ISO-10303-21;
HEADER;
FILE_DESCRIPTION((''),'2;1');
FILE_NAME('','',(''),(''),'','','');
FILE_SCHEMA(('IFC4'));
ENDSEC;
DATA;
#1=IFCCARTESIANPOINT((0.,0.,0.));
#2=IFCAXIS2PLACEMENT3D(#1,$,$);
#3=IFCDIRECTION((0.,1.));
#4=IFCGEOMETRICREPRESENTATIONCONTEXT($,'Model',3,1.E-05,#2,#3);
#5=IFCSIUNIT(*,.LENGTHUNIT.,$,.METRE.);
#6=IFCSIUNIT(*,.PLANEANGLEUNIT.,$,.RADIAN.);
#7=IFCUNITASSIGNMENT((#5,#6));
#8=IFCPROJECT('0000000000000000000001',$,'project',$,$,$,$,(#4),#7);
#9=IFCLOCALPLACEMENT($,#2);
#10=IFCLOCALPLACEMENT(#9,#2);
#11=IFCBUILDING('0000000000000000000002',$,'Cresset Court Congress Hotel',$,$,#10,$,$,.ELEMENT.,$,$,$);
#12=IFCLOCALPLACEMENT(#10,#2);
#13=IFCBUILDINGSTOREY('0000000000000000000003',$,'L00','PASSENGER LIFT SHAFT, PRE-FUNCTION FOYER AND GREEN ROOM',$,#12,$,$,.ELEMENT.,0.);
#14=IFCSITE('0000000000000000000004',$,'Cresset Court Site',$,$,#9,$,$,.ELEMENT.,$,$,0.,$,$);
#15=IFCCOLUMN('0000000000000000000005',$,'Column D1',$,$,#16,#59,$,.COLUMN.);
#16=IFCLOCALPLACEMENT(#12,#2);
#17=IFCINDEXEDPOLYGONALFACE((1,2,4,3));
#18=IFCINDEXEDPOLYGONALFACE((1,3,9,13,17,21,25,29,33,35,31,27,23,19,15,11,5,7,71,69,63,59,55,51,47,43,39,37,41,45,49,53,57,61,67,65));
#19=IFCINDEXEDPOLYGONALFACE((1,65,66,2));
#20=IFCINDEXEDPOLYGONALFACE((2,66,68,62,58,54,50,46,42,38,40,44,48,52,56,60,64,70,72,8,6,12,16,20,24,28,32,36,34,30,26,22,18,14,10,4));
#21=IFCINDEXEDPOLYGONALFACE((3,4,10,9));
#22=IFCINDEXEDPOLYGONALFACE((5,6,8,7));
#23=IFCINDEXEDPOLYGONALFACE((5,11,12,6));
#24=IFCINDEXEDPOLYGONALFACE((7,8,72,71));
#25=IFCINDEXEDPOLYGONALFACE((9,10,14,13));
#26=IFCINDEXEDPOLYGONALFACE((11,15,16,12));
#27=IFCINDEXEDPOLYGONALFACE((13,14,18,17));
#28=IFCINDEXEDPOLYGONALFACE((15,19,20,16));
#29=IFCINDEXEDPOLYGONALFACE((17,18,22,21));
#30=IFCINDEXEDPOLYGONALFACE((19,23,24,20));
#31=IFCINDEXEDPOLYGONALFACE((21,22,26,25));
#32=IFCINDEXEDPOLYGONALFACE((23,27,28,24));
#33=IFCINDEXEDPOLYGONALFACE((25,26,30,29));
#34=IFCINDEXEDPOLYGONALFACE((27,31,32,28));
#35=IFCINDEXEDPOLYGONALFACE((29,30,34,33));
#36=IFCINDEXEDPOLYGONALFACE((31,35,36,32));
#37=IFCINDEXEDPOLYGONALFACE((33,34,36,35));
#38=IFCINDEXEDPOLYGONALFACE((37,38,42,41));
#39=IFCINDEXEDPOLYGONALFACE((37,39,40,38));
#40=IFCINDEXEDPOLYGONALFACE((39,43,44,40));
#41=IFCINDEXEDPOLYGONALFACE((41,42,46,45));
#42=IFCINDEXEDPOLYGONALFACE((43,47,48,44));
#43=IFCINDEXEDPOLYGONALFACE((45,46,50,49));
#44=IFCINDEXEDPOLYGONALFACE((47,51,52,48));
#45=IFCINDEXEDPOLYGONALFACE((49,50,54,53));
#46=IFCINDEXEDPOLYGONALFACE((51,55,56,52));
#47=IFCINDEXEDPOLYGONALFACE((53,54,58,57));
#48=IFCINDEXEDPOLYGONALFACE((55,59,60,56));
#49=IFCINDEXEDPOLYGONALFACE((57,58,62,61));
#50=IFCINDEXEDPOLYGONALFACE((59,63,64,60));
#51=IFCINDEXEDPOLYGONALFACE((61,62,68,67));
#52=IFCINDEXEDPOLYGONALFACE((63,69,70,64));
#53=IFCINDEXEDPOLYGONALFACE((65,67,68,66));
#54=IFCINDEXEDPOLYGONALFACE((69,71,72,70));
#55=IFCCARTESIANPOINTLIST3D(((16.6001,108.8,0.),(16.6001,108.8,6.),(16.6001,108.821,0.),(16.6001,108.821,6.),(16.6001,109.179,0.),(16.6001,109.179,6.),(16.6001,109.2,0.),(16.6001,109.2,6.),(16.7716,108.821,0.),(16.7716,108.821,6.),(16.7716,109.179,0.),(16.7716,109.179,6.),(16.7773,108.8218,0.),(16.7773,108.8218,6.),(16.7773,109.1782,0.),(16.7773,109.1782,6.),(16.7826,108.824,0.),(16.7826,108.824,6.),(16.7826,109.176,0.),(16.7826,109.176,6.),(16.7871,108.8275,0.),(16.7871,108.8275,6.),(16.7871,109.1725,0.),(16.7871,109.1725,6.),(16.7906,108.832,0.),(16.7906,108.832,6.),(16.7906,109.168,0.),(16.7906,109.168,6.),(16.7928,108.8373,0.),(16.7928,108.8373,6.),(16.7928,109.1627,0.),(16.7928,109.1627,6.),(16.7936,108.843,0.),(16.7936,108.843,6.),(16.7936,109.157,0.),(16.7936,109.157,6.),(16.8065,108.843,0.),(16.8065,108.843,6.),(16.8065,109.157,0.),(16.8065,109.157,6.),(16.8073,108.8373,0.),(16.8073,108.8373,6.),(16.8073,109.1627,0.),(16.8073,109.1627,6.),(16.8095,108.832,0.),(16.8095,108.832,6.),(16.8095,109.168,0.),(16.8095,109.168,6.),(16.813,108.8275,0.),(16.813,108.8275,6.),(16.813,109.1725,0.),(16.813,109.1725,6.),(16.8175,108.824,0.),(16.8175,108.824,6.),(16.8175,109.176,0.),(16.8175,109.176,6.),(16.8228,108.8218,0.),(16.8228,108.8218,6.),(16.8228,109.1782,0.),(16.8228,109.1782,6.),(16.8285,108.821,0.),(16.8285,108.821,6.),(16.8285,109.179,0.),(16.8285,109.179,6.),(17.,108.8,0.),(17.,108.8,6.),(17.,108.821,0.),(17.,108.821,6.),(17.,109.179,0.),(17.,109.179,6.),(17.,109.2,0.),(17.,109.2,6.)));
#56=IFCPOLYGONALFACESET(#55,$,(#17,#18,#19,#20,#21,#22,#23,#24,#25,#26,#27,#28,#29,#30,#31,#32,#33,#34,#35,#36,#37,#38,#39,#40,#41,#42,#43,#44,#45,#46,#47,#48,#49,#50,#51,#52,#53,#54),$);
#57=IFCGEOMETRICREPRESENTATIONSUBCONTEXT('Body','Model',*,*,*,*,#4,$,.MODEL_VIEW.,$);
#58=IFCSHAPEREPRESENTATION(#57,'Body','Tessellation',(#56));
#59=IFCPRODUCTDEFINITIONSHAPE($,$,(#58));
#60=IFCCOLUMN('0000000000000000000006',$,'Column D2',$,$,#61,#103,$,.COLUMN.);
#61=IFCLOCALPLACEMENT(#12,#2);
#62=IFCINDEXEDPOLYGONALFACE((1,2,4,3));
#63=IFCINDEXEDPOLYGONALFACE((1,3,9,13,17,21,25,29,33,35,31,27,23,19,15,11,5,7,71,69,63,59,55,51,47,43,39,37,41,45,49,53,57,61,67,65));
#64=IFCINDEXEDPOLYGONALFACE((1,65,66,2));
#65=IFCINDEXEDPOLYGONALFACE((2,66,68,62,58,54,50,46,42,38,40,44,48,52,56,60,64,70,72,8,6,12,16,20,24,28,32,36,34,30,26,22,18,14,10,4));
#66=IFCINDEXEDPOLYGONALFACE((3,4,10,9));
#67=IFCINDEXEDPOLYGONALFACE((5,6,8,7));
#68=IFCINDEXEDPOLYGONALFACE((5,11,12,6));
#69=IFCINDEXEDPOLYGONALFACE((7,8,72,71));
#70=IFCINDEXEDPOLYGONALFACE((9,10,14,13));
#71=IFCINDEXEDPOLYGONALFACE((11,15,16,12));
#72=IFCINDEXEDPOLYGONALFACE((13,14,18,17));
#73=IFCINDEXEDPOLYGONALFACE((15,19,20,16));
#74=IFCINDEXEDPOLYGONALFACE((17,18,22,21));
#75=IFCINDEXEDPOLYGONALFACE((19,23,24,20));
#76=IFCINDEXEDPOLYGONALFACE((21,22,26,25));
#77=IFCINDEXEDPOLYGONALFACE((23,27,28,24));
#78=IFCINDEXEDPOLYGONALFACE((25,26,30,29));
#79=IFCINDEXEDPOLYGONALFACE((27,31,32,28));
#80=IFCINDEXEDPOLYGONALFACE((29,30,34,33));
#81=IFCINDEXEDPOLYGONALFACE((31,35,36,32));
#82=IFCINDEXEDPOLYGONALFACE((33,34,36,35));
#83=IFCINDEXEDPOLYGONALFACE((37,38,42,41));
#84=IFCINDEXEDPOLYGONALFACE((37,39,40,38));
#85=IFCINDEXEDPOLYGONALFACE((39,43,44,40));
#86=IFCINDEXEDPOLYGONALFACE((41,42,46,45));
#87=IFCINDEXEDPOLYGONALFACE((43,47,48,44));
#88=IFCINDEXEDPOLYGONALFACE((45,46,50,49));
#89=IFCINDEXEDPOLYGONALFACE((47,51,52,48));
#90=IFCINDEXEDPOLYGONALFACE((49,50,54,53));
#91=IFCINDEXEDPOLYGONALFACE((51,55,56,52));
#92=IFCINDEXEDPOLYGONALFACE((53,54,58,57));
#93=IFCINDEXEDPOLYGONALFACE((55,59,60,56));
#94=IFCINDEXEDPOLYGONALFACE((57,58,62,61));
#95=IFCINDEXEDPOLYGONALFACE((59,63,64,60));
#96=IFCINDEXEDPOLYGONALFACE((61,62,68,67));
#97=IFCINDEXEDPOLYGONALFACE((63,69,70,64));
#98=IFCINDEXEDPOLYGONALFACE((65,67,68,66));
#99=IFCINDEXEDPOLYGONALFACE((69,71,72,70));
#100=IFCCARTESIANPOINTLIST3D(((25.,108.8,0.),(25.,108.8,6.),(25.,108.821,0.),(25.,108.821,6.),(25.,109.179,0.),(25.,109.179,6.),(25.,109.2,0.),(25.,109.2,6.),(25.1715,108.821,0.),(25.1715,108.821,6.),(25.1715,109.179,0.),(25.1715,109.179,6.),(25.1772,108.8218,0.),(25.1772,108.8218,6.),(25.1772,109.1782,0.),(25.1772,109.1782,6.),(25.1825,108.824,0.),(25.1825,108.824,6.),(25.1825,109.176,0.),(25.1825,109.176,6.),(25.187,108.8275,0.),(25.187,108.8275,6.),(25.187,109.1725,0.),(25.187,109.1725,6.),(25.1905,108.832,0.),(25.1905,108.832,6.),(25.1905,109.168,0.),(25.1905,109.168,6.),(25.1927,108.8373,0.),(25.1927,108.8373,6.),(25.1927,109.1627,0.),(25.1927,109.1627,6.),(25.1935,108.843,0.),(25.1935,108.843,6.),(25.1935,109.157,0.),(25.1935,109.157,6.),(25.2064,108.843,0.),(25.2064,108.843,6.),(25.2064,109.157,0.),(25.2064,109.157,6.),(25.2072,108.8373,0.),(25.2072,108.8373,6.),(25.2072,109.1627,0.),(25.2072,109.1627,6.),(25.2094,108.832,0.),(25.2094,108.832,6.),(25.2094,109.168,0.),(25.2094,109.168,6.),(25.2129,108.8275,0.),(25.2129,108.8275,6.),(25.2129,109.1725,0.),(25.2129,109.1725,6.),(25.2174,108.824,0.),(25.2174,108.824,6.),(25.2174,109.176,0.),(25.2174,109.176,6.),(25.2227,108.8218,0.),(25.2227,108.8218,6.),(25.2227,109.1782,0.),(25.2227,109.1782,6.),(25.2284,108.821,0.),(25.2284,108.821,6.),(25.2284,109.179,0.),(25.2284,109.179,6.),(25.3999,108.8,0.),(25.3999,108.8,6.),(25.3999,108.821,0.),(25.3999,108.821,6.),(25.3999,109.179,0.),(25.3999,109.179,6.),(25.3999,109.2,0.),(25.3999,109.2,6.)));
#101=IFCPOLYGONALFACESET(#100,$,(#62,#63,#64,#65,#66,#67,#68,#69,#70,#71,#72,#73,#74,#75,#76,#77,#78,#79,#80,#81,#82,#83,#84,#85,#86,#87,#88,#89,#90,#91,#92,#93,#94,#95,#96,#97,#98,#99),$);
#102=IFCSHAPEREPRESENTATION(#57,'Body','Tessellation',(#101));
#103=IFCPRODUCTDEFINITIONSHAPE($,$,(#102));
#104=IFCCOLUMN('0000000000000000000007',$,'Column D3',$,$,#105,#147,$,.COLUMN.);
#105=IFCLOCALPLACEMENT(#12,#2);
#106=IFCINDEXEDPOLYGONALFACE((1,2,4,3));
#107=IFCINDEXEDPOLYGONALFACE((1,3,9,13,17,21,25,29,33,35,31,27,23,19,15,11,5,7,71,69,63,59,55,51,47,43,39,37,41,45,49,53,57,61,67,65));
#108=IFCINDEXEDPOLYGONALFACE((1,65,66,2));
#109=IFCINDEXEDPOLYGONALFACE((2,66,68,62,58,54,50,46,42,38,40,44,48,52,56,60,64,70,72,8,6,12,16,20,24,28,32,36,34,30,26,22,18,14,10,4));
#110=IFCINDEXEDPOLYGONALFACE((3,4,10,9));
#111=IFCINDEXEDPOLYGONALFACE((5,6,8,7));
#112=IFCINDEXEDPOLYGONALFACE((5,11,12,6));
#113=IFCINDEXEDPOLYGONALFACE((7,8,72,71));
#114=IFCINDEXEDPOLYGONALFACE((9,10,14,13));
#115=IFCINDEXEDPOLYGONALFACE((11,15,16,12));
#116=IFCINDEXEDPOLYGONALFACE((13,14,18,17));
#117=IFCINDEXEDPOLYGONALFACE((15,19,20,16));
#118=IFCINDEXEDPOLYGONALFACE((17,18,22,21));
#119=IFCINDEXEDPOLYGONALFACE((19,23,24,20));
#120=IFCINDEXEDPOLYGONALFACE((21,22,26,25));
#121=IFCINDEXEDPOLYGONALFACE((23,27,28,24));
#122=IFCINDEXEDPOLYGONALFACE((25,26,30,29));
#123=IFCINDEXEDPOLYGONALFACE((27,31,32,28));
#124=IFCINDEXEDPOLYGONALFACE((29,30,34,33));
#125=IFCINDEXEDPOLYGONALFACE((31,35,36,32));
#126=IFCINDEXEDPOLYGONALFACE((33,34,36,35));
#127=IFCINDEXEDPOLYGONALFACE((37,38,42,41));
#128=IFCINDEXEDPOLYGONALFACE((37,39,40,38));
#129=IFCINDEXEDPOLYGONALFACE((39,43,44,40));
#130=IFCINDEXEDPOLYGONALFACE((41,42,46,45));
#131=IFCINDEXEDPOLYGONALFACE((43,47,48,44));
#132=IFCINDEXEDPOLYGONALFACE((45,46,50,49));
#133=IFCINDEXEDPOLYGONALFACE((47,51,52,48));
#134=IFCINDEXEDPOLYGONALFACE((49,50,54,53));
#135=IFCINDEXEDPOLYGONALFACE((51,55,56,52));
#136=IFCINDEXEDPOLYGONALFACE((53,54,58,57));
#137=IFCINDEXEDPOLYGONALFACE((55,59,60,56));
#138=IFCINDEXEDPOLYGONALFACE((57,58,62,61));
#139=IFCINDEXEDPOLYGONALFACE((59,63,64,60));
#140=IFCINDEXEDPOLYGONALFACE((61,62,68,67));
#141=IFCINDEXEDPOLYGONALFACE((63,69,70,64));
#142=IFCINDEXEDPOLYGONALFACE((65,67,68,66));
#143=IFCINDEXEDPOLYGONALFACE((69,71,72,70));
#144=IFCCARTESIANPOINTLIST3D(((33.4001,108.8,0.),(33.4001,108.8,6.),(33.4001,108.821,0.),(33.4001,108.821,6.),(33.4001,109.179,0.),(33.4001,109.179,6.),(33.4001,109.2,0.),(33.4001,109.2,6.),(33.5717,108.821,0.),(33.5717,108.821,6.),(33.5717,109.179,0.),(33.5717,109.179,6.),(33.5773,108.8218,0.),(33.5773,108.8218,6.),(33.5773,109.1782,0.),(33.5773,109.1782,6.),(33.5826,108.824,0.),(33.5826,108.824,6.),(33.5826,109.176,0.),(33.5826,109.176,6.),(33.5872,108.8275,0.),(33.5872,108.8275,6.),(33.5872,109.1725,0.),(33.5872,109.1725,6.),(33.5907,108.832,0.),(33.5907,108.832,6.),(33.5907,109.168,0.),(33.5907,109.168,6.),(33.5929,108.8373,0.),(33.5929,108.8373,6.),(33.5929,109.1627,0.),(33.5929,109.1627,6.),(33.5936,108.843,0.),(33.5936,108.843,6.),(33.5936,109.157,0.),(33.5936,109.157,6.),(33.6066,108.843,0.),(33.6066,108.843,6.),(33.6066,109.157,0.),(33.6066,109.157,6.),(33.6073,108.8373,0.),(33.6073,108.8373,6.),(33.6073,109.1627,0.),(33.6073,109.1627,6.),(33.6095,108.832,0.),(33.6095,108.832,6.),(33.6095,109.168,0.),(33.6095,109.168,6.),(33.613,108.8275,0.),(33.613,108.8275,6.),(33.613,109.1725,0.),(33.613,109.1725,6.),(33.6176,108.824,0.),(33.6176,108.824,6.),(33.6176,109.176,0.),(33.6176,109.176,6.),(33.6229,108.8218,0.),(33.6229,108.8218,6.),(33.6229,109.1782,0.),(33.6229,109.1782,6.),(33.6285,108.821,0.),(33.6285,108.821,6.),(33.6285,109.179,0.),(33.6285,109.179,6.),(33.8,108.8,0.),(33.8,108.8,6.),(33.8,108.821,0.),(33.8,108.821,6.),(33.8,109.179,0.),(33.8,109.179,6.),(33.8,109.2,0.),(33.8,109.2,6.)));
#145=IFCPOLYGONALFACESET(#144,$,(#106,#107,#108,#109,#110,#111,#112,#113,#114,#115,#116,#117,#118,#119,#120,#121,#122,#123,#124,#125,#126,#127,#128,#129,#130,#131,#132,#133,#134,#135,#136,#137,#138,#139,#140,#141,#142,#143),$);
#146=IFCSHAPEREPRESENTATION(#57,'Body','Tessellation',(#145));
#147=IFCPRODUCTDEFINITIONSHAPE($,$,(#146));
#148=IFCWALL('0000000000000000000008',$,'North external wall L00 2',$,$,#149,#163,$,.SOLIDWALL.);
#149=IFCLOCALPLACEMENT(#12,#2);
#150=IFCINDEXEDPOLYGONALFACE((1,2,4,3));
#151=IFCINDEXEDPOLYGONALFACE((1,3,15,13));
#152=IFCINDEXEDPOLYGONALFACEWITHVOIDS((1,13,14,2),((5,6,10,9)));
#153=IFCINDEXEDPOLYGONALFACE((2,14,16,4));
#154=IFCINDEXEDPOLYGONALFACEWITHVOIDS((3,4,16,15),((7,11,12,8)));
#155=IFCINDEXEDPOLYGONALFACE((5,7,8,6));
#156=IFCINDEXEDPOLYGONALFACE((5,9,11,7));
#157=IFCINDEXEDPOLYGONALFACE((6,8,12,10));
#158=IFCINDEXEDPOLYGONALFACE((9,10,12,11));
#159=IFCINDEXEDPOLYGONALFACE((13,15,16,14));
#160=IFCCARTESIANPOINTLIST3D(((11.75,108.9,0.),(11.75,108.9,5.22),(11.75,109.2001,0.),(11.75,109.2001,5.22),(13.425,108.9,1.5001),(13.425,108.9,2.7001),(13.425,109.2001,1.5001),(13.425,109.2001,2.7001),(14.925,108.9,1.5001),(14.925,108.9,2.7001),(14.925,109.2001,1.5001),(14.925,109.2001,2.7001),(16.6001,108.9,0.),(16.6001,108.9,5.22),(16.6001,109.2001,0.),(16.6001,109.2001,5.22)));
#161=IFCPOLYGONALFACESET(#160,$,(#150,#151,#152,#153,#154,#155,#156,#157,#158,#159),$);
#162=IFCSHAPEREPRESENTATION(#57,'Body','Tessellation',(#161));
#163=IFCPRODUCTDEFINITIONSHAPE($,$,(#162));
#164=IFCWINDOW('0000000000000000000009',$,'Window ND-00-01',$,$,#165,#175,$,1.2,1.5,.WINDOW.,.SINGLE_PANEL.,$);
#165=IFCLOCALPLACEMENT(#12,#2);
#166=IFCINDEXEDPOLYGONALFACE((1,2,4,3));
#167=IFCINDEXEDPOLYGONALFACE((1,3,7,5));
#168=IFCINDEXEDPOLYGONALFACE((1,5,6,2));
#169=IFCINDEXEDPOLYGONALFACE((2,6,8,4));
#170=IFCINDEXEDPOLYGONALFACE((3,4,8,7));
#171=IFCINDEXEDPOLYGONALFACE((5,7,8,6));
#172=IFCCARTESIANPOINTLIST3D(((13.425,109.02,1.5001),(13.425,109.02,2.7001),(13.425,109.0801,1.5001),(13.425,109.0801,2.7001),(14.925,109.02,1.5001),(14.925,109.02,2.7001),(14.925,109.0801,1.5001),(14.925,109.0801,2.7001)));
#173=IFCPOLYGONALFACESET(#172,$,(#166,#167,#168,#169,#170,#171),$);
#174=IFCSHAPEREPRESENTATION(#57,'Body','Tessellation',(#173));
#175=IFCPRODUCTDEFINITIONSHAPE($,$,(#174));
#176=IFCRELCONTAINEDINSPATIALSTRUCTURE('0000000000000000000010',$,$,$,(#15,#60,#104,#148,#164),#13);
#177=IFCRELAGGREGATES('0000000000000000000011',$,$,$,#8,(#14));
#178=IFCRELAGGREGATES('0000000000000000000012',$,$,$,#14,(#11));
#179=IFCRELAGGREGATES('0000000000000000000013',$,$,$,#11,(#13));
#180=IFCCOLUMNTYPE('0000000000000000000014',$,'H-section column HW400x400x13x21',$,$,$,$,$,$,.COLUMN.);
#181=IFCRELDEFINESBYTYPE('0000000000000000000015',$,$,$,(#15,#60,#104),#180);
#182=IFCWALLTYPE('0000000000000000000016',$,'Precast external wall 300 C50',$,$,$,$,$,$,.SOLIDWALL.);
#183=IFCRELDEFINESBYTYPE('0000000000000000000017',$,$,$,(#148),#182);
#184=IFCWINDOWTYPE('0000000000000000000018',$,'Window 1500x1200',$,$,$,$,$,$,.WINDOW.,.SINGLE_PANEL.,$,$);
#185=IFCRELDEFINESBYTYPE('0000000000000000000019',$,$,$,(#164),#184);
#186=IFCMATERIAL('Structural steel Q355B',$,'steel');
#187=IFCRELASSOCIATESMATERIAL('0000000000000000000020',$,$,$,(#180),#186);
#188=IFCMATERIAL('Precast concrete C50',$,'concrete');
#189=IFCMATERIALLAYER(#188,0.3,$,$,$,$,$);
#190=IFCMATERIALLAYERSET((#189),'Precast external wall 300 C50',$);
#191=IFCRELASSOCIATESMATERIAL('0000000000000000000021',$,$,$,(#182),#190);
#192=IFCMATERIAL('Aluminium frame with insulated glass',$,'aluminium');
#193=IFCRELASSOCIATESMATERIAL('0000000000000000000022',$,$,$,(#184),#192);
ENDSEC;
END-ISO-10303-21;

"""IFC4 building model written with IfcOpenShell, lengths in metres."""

from ifc_helpers import new_model, si_unit, direction, frame, frame_2d, origin, origin_2d, place, context, subcontext, project, spatial, rectangle, i_section, extrude, material, layer, layer_set, material_profile, profile_set, type_object, element, fill, save


model = new_model("IFC4")

# Units and contexts
model_context = context("Model", 3, precision=1e-05, world=origin(), true_north=direction((0.0, 1.0)))
body_context = subcontext(model_context, "Body", "Model", "MODEL_VIEW")
ifc_project = project(units=[si_unit("LENGTHUNIT", "METRE"), si_unit("PLANEANGLEUNIT", "RADIAN")], contexts=[model_context])

# Site, building, storey
site_placement = place(None, origin())
site = spatial("IfcSite", under=ifc_project, at=site_placement, Name="Cresset Court Site", CompositionType="ELEMENT", RefElevation=0.0)
building_placement = place(site_placement, origin())
building = spatial("IfcBuilding", under=site, at=building_placement, Name="Cresset Court Congress Hotel", CompositionType="ELEMENT")
storey_placement = place(building_placement, origin())
storey = spatial("IfcBuildingStorey", under=building, at=storey_placement, Name="L00", Description="PASSENGER LIFT SHAFT, PRE-FUNCTION FOYER AND GREEN ROOM", CompositionType="ELEMENT", Elevation=0.0)

# Columns
ifc_material_1 = material(Name="Structural steel Q355B", Category="steel")
ifc_material_profile = material_profile(ifc_material_1, i_section(OverallWidth=0.3999, OverallDepth=0.3999, WebThickness=0.0129, FlangeThickness=0.021, FilletRadius=0.022, at=origin_2d()), Name="HW400x400x13x21")
ifc_profile_set = profile_set([ifc_material_profile], Name="Structural steel Q355B")
column_type = type_object("IfcColumnType", Name="H-section column HW400x400x13x21", PredefinedType="COLUMN", material=ifc_profile_set)
for number, where, z_axis, x_axis, name in (
    (1, (16.8, 109.0, 0.0), (0.0, 0.0, 1.0), (1.0, 0.0, 0.0), "Column D1"),
    (2, (25.2, 109.0, 0.0), (0.0, 0.0, 1.0), (1.0, 0.0, 0.0), "Column D2"),
    (3, (33.6001, 109.0, 0.0), (0.0, 0.0, 1.0), (1.0, 0.0, 0.0), "Column D3"),
):
    element("IfcColumn", number, at=place(storey_placement, frame(where, z_axis=z_axis, x_axis=x_axis)), inside=storey, type_object=column_type, Name=name, PredefinedType="COLUMN", context=body_context, shape_type="SweptSolid", body=[
        extrude(i_section(OverallWidth=0.3999, OverallDepth=0.3999, WebThickness=0.0129, FlangeThickness=0.021, FilletRadius=0.022, at=origin_2d()), origin(), (0.0, 0.0, 1.0), 6.0),
    ])

# Wall, opening, window
ifc_material_2 = material(Name="Precast concrete C50", Category="concrete")
ifc_layer = layer(ifc_material_2, 0.3)
ifc_layer_set = layer_set([ifc_layer], Name="Precast external wall 300 C50")
wall_type = type_object("IfcWallType", Name="Precast external wall 300 C50", PredefinedType="SOLIDWALL", material=ifc_layer_set)
wall_1_placement = place(storey_placement, frame((11.75, 109.05, 0.0), z_axis=(0.0, 0.0, 1.0), x_axis=(1.0, 0.0, 0.0)))
wall_1 = element("IfcWall", 4, at=wall_1_placement, inside=storey, type_object=wall_type, Name="North external wall L00 2", PredefinedType="SOLIDWALL", context=body_context, shape_type="SweptSolid", body=[
    extrude(rectangle(XDim=4.8501, YDim=0.3, at=frame_2d((2.425, 0.0))), origin(), (0.0, 0.0, 1.0), 5.22),
])
opening_1_placement = place(wall_1_placement, frame((1.675, 0.0, 1.5)))
opening_1 = element("IfcOpeningElement", 5, at=opening_1_placement, cuts=wall_1, PredefinedType="OPENING", context=body_context, shape_type="SweptSolid", body=[
    extrude(rectangle(XDim=1.5, YDim=1.2, at=frame_2d((0.75, 0.6001))), frame((0.0, 0.1599, 0.0), z_axis=(0.0, -1.0, 0.0), x_axis=(1.0, 0.0, 0.0)), (0.0, 0.0, 1.0), 0.3201),
])
ifc_material_3 = material(Name="Aluminium frame with insulated glass", Category="aluminium")
window_type = type_object("IfcWindowType", Name="Window 1500x1200", PartitioningType="SINGLE_PANEL", PredefinedType="WINDOW", material=ifc_material_3)
window_placement = place(opening_1_placement, origin())
window = element("IfcWindow", 6, at=window_placement, inside=storey, type_object=window_type, Name="Window ND-00-01", OverallHeight=1.2, OverallWidth=1.5, PartitioningType="SINGLE_PANEL", PredefinedType="WINDOW", context=body_context, shape_type="SweptSolid", body=[
    extrude(rectangle(XDim=1.5, YDim=1.2, at=frame_2d((0.75, 0.6001))), frame((0.0, 0.03, 0.0), z_axis=(0.0, -1.0, 0.0), x_axis=(1.0, 0.0, 0.0)), (0.0, 0.0, 1.0), 0.0601),
])
fill(opening_1, window)

save(model, "model.ifc")
